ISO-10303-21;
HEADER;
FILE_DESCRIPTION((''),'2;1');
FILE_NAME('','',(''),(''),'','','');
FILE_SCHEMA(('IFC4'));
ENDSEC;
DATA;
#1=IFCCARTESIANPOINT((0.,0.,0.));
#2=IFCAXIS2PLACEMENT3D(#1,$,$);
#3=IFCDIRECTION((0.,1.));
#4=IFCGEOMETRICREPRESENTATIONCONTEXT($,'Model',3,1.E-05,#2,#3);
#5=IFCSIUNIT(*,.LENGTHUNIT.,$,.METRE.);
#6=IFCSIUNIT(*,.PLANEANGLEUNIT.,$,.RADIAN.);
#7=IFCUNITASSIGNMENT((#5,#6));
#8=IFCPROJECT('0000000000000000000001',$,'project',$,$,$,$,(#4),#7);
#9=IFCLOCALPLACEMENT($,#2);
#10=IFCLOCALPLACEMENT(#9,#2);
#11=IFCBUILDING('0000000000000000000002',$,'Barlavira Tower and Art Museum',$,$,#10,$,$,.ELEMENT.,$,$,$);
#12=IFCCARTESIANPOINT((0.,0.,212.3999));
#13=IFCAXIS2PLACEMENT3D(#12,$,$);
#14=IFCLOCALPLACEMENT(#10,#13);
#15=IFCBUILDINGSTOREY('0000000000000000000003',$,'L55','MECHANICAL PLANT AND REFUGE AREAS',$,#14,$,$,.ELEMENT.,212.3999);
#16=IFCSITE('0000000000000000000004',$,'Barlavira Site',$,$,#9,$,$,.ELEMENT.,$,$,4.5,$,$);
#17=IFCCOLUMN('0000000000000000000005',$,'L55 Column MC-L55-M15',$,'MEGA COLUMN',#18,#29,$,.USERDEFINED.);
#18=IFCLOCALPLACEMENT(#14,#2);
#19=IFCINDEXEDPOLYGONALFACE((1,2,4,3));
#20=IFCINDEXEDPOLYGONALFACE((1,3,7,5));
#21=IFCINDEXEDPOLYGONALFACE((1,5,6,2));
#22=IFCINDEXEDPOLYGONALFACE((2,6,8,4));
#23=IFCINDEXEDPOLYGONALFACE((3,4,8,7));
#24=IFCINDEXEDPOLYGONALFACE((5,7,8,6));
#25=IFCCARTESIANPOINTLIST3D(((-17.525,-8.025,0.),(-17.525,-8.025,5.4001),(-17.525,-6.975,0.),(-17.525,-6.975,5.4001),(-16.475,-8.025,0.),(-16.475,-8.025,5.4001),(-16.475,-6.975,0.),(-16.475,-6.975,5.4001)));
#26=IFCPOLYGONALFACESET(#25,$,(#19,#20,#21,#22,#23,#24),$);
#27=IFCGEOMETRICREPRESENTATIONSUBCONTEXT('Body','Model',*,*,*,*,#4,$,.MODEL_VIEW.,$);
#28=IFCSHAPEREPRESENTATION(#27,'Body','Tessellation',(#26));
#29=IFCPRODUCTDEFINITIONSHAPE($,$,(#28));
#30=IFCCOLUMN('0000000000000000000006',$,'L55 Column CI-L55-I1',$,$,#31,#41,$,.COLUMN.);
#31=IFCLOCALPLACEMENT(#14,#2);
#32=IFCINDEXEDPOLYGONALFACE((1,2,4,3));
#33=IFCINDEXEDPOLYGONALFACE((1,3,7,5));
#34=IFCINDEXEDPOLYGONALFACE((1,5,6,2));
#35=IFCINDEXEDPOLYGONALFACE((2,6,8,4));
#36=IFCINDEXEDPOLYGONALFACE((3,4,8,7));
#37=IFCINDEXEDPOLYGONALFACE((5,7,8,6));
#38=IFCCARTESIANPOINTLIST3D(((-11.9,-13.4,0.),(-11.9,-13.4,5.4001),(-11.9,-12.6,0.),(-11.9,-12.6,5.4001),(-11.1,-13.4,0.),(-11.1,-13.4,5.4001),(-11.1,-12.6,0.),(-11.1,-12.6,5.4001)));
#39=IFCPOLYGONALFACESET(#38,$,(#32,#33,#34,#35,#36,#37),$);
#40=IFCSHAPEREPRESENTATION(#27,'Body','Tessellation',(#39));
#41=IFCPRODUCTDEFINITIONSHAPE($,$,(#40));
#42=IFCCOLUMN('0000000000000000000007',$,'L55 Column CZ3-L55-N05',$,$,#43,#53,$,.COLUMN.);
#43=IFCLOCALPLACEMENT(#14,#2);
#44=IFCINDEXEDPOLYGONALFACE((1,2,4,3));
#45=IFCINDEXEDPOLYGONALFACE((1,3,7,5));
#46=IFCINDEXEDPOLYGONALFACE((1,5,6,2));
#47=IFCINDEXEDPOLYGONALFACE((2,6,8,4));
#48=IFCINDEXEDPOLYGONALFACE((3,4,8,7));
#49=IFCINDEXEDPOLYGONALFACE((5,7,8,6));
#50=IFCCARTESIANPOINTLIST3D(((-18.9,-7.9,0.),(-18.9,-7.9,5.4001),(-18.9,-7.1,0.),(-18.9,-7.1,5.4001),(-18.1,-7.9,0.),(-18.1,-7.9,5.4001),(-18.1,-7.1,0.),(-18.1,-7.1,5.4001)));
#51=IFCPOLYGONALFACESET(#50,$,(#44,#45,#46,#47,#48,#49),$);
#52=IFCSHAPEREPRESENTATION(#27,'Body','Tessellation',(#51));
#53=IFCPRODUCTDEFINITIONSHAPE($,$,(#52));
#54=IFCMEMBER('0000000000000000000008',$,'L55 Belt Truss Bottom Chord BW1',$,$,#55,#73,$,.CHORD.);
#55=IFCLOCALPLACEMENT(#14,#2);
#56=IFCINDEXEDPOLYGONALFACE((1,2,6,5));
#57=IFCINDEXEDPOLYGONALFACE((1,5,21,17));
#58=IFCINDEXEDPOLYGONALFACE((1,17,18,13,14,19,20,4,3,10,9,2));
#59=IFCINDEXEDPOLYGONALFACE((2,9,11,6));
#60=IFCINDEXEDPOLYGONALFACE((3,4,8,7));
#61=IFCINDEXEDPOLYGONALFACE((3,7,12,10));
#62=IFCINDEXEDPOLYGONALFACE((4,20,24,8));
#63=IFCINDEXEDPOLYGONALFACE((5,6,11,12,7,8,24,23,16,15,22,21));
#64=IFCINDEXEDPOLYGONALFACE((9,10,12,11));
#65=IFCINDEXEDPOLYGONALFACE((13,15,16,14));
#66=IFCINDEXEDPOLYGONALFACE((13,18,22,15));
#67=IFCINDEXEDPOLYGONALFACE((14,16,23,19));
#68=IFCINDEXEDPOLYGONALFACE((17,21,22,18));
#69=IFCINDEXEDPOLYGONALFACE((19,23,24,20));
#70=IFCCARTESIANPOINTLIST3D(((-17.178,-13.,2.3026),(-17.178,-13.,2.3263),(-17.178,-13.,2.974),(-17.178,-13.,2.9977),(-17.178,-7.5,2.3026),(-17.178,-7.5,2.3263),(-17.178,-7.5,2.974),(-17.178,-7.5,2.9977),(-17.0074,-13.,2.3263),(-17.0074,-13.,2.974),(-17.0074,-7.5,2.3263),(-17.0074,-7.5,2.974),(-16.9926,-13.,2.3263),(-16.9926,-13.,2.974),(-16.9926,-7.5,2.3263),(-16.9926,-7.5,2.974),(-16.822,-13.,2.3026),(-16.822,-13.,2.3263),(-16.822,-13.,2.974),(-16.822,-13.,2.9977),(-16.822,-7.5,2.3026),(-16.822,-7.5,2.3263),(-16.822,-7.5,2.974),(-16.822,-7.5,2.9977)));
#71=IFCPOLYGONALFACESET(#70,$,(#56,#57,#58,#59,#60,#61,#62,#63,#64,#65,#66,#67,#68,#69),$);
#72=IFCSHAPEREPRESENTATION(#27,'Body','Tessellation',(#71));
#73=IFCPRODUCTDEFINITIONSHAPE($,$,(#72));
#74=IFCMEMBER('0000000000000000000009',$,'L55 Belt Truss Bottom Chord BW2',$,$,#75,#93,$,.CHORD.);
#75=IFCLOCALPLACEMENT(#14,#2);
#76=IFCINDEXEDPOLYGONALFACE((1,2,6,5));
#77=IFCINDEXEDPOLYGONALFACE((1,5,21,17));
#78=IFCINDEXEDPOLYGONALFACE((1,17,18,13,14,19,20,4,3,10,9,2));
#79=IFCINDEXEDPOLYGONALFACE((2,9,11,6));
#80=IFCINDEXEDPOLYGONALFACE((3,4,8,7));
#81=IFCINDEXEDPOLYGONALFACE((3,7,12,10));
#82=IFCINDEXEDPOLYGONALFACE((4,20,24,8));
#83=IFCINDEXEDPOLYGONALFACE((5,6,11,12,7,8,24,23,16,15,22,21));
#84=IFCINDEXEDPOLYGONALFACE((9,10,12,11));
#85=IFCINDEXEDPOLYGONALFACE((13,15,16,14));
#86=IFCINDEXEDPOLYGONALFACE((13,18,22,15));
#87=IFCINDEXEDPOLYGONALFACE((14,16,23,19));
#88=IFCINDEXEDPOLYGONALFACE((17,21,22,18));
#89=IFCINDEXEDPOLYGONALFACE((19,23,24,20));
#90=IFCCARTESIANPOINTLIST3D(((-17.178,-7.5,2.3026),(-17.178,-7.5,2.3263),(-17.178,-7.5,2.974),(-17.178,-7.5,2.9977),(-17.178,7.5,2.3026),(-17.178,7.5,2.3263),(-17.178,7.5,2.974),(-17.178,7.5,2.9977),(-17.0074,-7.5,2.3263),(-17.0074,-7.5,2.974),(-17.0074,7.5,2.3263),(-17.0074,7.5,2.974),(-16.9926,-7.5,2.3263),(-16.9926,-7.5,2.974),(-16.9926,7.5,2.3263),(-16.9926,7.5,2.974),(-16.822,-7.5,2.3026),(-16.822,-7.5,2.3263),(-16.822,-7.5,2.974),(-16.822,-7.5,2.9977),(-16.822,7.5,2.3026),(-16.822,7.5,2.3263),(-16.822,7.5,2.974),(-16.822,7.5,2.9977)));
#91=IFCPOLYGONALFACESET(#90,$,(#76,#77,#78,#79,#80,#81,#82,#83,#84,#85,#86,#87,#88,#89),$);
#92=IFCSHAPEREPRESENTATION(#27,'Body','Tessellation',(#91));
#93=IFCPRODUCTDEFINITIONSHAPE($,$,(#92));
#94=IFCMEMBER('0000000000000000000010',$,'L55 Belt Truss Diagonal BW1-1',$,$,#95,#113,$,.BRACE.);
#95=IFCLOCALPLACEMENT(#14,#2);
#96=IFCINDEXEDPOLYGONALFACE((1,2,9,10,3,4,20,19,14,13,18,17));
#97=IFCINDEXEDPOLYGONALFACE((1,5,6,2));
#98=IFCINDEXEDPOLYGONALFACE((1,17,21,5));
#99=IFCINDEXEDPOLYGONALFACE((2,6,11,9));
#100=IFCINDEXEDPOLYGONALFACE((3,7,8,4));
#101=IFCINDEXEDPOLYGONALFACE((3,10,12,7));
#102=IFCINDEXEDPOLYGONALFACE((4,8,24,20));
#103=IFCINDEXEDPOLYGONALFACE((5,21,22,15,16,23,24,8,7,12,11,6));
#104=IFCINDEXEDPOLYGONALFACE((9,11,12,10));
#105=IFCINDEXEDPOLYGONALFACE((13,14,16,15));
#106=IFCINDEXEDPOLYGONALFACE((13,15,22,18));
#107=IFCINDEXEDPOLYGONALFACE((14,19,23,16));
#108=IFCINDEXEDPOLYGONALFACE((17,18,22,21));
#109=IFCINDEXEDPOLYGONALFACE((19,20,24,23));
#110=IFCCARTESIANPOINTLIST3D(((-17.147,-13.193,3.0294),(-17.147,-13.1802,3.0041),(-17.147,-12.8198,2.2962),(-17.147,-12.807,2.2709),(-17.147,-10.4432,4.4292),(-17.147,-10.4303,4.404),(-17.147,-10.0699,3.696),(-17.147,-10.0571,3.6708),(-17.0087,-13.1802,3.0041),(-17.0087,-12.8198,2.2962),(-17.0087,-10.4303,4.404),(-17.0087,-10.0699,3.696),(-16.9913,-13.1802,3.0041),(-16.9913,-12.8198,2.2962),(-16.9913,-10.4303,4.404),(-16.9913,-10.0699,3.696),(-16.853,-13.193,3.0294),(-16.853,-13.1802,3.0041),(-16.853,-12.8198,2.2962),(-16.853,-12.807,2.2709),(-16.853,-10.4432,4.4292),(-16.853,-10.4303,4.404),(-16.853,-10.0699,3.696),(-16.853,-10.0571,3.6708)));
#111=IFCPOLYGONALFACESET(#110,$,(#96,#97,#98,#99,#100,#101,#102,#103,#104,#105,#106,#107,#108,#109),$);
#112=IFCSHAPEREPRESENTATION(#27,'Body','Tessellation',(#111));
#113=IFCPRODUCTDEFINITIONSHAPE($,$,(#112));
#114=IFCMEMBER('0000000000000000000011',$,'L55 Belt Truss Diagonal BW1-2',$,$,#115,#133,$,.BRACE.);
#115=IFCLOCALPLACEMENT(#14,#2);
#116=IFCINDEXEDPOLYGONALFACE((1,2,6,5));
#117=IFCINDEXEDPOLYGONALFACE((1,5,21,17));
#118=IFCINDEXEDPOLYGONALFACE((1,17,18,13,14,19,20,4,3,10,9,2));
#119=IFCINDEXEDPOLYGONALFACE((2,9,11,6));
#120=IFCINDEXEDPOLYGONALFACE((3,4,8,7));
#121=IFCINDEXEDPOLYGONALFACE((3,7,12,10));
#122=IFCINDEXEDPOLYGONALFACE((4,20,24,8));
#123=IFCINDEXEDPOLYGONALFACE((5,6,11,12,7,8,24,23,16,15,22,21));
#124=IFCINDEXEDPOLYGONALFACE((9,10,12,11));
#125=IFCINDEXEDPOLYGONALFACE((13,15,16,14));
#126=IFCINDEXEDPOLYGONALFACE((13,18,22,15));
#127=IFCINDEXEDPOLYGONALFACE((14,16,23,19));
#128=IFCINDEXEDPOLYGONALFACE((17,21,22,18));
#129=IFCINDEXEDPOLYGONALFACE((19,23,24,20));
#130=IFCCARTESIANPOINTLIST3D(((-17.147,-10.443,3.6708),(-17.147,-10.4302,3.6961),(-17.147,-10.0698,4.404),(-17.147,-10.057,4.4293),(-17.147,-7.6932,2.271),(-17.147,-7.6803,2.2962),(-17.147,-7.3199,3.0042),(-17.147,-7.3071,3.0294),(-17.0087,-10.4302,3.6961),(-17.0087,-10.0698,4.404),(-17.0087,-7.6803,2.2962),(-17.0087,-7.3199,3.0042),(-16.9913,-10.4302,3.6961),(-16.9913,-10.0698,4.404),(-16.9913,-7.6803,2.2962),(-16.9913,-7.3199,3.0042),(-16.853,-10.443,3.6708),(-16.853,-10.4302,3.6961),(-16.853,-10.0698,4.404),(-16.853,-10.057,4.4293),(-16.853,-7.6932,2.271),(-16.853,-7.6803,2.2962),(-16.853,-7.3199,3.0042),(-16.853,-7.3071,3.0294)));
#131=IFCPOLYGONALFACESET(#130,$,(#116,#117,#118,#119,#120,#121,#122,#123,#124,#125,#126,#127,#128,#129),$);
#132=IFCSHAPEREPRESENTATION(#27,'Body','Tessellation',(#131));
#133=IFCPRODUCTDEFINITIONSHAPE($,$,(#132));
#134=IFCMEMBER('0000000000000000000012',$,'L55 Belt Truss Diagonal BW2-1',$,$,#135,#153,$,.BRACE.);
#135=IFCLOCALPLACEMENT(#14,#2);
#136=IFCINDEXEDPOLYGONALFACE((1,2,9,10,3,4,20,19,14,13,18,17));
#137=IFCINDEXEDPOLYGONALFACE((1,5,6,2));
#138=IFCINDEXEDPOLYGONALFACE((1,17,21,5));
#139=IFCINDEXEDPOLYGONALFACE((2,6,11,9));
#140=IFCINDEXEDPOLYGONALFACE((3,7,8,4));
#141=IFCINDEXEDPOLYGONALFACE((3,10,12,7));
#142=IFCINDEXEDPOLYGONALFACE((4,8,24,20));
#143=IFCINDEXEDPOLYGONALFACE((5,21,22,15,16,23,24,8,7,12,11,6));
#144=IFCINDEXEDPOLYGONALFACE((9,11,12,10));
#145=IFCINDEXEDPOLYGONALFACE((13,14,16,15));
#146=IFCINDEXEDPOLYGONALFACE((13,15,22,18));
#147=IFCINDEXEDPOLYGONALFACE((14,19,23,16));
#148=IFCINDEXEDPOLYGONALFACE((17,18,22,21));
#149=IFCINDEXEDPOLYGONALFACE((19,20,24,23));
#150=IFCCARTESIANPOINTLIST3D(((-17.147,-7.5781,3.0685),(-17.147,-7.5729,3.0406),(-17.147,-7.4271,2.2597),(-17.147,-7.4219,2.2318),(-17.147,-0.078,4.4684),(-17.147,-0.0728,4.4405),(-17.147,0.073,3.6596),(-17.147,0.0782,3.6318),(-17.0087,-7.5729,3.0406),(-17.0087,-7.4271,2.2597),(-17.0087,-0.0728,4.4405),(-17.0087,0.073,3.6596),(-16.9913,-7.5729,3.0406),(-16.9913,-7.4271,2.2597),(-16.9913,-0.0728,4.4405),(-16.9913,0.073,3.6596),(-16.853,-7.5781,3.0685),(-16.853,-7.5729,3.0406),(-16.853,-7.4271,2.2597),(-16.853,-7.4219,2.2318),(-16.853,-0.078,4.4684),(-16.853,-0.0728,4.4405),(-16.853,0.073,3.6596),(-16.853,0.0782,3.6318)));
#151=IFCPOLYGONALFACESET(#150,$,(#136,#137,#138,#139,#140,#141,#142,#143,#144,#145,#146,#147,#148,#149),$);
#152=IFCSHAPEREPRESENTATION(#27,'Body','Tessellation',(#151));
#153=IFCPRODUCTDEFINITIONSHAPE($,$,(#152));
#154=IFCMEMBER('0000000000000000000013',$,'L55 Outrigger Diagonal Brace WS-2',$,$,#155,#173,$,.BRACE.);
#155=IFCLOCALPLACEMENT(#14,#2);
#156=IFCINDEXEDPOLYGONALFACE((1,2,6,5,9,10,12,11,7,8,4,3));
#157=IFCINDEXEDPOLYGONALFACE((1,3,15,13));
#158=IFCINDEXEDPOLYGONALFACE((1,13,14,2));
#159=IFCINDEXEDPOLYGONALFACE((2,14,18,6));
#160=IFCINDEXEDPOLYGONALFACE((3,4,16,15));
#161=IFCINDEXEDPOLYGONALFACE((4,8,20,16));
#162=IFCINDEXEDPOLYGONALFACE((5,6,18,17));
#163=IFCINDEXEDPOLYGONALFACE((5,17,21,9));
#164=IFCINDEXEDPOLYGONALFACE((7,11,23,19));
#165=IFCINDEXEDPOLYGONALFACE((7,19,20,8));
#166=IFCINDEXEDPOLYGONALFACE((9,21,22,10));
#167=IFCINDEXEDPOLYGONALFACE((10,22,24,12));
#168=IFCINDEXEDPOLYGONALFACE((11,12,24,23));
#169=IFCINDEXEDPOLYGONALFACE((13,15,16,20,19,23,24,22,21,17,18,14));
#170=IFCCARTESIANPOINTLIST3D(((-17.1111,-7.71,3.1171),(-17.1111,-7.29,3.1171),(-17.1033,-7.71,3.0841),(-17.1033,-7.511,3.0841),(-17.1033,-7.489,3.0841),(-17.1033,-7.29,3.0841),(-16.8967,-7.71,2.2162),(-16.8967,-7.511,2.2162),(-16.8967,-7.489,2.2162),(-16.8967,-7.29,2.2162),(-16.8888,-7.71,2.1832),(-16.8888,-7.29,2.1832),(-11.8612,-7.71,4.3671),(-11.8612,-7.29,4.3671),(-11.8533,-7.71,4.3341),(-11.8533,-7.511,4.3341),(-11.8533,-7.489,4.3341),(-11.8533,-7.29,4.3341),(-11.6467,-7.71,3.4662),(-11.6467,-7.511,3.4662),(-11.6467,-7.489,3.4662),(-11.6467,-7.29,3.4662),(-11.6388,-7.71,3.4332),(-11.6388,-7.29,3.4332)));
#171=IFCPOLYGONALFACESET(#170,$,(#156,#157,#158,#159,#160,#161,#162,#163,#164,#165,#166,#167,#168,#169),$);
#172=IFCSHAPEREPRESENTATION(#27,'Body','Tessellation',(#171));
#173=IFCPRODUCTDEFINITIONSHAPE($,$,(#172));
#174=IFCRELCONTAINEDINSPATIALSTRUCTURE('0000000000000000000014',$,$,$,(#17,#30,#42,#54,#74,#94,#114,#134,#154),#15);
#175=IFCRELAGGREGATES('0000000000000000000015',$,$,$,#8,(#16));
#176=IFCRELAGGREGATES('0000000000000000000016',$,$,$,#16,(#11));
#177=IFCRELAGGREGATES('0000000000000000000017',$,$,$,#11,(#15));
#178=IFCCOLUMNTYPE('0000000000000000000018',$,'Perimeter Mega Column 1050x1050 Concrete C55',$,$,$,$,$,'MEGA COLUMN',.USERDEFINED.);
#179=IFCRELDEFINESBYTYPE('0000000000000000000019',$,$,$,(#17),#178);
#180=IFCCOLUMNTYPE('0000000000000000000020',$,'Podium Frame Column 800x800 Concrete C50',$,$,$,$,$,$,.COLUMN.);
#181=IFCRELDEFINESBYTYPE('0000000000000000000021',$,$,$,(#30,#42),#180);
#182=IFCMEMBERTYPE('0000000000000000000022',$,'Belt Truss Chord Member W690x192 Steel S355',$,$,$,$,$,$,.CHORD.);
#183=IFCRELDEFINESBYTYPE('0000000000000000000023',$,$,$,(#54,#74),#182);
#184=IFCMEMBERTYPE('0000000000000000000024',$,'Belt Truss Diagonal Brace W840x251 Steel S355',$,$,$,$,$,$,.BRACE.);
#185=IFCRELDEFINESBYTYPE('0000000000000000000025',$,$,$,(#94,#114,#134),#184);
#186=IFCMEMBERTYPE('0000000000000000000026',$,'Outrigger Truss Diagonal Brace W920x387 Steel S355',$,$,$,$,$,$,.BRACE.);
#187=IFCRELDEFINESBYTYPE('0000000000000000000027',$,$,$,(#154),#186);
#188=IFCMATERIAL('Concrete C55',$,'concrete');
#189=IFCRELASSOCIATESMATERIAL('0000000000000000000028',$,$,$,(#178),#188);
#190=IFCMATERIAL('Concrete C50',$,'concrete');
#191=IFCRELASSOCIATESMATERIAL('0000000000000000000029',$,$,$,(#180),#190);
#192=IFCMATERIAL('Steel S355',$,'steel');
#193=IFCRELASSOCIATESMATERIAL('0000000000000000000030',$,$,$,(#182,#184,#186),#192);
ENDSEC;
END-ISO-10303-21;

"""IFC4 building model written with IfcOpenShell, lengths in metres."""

from ifc_helpers import new_model, si_unit, direction, frame, origin, origin_2d, place, context, subcontext, project, spatial, rectangle, i_section, extrude, material, material_profile, profile_set, type_object, element, save


model = new_model("IFC4")

# Units and contexts
model_context = context("Model", 3, precision=1e-05, world=origin(), true_north=direction((0.0, 1.0)))
body_context = subcontext(model_context, "Body", "Model", "MODEL_VIEW")
ifc_project = project(units=[si_unit("LENGTHUNIT", "METRE"), si_unit("PLANEANGLEUNIT", "RADIAN")], contexts=[model_context])

# Site, building, storey
site_placement = place(None, origin())
site = spatial("IfcSite", under=ifc_project, at=site_placement, Name="Barlavira Site", CompositionType="ELEMENT", RefElevation=4.5)
building_placement = place(site_placement, origin())
building = spatial("IfcBuilding", under=site, at=building_placement, Name="Barlavira Tower and Art Museum", CompositionType="ELEMENT")
storey_placement = place(building_placement, frame((0.0, 0.0, 212.3999)))
storey = spatial("IfcBuildingStorey", under=building, at=storey_placement, Name="L55", Description="MECHANICAL PLANT AND REFUGE AREAS", CompositionType="ELEMENT", Elevation=212.3999)

# Columns
ifc_material_1 = material(Name="Concrete C55", Category="concrete")
ifc_material_profile_1 = material_profile(ifc_material_1, rectangle(XDim=1.05, YDim=1.05, at=origin_2d()), Name="RC-COL 1050x1050")
ifc_profile_set_1 = profile_set([ifc_material_profile_1], Name="Concrete C55")
column_type_1 = type_object("IfcColumnType", Name="Perimeter Mega Column 1050x1050 Concrete C55", ElementType="MEGA COLUMN", PredefinedType="USERDEFINED", material=ifc_profile_set_1)
column_placement = place(storey_placement, frame((-17.0, -7.5, 0.0), z_axis=(0.0, 0.0, 1.0), x_axis=(1.0, 0.0, 0.0)))
element("IfcColumn", 1, at=column_placement, inside=storey, type_object=column_type_1, Name="L55 Column MC-L55-M15", ObjectType="MEGA COLUMN", PredefinedType="USERDEFINED", context=body_context, shape_type="SweptSolid", body=[
    extrude(rectangle(XDim=1.05, YDim=1.05, at=origin_2d()), origin(), (0.0, 0.0, 1.0), 5.4001),
])
ifc_material_2 = material(Name="Concrete C50", Category="concrete")
ifc_material_profile_2 = material_profile(ifc_material_2, rectangle(XDim=0.8, YDim=0.8, at=origin_2d()), Name="RC-COL 800x800")
ifc_profile_set_2 = profile_set([ifc_material_profile_2], Name="Concrete C50")
column_type_2 = type_object("IfcColumnType", Name="Podium Frame Column 800x800 Concrete C50", PredefinedType="COLUMN", material=ifc_profile_set_2)
for number, where, z_axis, x_axis, name in (
    (2, (-11.5, -13.0, 0.0), (0.0, 0.0, 1.0), (1.0, 0.0, 0.0), "L55 Column CI-L55-I1"),
    (3, (-18.5, -7.5, 0.0), (0.0, 0.0, 1.0), (1.0, 0.0, 0.0), "L55 Column CZ3-L55-N05"),
):
    element("IfcColumn", number, at=place(storey_placement, frame(where, z_axis=z_axis, x_axis=x_axis)), inside=storey, type_object=column_type_2, Name=name, PredefinedType="COLUMN", context=body_context, shape_type="SweptSolid", body=[
        extrude(rectangle(XDim=0.8, YDim=0.8, at=origin_2d()), origin(), (0.0, 0.0, 1.0), 5.4001),
    ])

# Members
ifc_material_3 = material(Name="Steel S355", Category="steel")
ifc_material_profile_3 = material_profile(ifc_material_3, i_section(OverallWidth=0.356, OverallDepth=0.6951, WebThickness=0.0149, FlangeThickness=0.0237, at=origin_2d()), Name="W690x192.0")
ifc_profile_set_3 = profile_set([ifc_material_profile_3], Name="Steel S355")
member_type_1 = type_object("IfcMemberType", Name="Belt Truss Chord Member W690x192 Steel S355", PredefinedType="CHORD", material=ifc_profile_set_3)
member_1_placement = place(storey_placement, frame((-17.0, -13.0, 2.6501), z_axis=(0.0, 1.0, 0.0), x_axis=(-1.0, 0.0, 0.0)))
element("IfcMember", 4, at=member_1_placement, inside=storey, type_object=member_type_1, Name="L55 Belt Truss Bottom Chord BW1", PredefinedType="CHORD", context=body_context, shape_type="SweptSolid", body=[
    extrude(i_section(OverallWidth=0.356, OverallDepth=0.6951, WebThickness=0.0149, FlangeThickness=0.0237, at=origin_2d()), origin(), (0.0, 0.0, 1.0), 5.5),
])
member_2_placement = place(storey_placement, frame((-17.0, -7.5, 2.6501), z_axis=(0.0, 1.0, 0.0), x_axis=(-1.0, 0.0, 0.0)))
element("IfcMember", 5, at=member_2_placement, inside=storey, type_object=member_type_1, Name="L55 Belt Truss Bottom Chord BW2", PredefinedType="CHORD", context=body_context, shape_type="SweptSolid", body=[
    extrude(i_section(OverallWidth=0.356, OverallDepth=0.6951, WebThickness=0.0149, FlangeThickness=0.0237, at=origin_2d()), origin(), (0.0, 0.0, 1.0), 15.0),
])
ifc_material_profile_4 = material_profile(ifc_material_3, i_section(OverallWidth=0.2939, OverallDepth=0.8511, WebThickness=0.0173, FlangeThickness=0.0283, at=origin_2d()), Name="W840x251.0")
ifc_profile_set_4 = profile_set([ifc_material_profile_4], Name="Steel S355")
member_type_2 = type_object("IfcMemberType", Name="Belt Truss Diagonal Brace W840x251 Steel S355", PredefinedType="BRACE", material=ifc_profile_set_4)
for number, where, z_axis, x_axis, name in (
    (6, (-17.0, -13.0, 2.6501), (0.0, 0.891176, 0.453658), (-1.0, 0.0, 0.0), "L55 Belt Truss Diagonal BW1-1"),
    (7, (-17.0, -10.25, 4.05), (0.0, 0.891176, -0.453658), (-1.0, 0.0, 0.0), "L55 Belt Truss Diagonal BW1-2"),
):
    element("IfcMember", number, at=place(storey_placement, frame(where, z_axis=z_axis, x_axis=x_axis)), inside=storey, type_object=member_type_2, Name=name, PredefinedType="BRACE", context=body_context, shape_type="SweptSolid", body=[
        extrude(i_section(OverallWidth=0.2939, OverallDepth=0.8511, WebThickness=0.0173, FlangeThickness=0.0283, at=origin_2d()), origin(), (0.0, 0.0, 1.0), 3.0857),
    ])
member_3_placement = place(storey_placement, frame((-17.0, -7.5, 2.6501), z_axis=(0.0, 0.983023, 0.183485), x_axis=(-1.0, 0.0, 0.0)))
element("IfcMember", 8, at=member_3_placement, inside=storey, type_object=member_type_2, Name="L55 Belt Truss Diagonal BW2-1", PredefinedType="BRACE", context=body_context, shape_type="SweptSolid", body=[
    extrude(i_section(OverallWidth=0.2939, OverallDepth=0.8511, WebThickness=0.0173, FlangeThickness=0.0283, at=origin_2d()), origin(), (0.0, 0.0, 1.0), 7.6296),
])
ifc_material_profile_5 = material_profile(ifc_material_3, i_section(OverallWidth=0.4199, OverallDepth=0.96, WebThickness=0.022, FlangeThickness=0.0339, at=origin_2d()), Name="W920x387.0")
ifc_profile_set_5 = profile_set([ifc_material_profile_5], Name="Steel S355")
member_type_3 = type_object("IfcMemberType", Name="Outrigger Truss Diagonal Brace W920x387 Steel S355", PredefinedType="BRACE", material=ifc_profile_set_5)
member_4_placement = place(storey_placement, frame((-11.75, -7.5, 3.9001), z_axis=(-0.972806, 0.0, -0.231621), x_axis=(0.0, -1.0, 0.0)))
element("IfcMember", 9, at=member_4_placement, inside=storey, type_object=member_type_3, Name="L55 Outrigger Diagonal Brace WS-2", PredefinedType="BRACE", context=body_context, shape_type="SweptSolid", body=[
    extrude(i_section(OverallWidth=0.4199, OverallDepth=0.96, WebThickness=0.022, FlangeThickness=0.0339, at=origin_2d()), origin(), (0.0, 0.0, 1.0), 5.3967),
])

save(model, "model.ifc")
